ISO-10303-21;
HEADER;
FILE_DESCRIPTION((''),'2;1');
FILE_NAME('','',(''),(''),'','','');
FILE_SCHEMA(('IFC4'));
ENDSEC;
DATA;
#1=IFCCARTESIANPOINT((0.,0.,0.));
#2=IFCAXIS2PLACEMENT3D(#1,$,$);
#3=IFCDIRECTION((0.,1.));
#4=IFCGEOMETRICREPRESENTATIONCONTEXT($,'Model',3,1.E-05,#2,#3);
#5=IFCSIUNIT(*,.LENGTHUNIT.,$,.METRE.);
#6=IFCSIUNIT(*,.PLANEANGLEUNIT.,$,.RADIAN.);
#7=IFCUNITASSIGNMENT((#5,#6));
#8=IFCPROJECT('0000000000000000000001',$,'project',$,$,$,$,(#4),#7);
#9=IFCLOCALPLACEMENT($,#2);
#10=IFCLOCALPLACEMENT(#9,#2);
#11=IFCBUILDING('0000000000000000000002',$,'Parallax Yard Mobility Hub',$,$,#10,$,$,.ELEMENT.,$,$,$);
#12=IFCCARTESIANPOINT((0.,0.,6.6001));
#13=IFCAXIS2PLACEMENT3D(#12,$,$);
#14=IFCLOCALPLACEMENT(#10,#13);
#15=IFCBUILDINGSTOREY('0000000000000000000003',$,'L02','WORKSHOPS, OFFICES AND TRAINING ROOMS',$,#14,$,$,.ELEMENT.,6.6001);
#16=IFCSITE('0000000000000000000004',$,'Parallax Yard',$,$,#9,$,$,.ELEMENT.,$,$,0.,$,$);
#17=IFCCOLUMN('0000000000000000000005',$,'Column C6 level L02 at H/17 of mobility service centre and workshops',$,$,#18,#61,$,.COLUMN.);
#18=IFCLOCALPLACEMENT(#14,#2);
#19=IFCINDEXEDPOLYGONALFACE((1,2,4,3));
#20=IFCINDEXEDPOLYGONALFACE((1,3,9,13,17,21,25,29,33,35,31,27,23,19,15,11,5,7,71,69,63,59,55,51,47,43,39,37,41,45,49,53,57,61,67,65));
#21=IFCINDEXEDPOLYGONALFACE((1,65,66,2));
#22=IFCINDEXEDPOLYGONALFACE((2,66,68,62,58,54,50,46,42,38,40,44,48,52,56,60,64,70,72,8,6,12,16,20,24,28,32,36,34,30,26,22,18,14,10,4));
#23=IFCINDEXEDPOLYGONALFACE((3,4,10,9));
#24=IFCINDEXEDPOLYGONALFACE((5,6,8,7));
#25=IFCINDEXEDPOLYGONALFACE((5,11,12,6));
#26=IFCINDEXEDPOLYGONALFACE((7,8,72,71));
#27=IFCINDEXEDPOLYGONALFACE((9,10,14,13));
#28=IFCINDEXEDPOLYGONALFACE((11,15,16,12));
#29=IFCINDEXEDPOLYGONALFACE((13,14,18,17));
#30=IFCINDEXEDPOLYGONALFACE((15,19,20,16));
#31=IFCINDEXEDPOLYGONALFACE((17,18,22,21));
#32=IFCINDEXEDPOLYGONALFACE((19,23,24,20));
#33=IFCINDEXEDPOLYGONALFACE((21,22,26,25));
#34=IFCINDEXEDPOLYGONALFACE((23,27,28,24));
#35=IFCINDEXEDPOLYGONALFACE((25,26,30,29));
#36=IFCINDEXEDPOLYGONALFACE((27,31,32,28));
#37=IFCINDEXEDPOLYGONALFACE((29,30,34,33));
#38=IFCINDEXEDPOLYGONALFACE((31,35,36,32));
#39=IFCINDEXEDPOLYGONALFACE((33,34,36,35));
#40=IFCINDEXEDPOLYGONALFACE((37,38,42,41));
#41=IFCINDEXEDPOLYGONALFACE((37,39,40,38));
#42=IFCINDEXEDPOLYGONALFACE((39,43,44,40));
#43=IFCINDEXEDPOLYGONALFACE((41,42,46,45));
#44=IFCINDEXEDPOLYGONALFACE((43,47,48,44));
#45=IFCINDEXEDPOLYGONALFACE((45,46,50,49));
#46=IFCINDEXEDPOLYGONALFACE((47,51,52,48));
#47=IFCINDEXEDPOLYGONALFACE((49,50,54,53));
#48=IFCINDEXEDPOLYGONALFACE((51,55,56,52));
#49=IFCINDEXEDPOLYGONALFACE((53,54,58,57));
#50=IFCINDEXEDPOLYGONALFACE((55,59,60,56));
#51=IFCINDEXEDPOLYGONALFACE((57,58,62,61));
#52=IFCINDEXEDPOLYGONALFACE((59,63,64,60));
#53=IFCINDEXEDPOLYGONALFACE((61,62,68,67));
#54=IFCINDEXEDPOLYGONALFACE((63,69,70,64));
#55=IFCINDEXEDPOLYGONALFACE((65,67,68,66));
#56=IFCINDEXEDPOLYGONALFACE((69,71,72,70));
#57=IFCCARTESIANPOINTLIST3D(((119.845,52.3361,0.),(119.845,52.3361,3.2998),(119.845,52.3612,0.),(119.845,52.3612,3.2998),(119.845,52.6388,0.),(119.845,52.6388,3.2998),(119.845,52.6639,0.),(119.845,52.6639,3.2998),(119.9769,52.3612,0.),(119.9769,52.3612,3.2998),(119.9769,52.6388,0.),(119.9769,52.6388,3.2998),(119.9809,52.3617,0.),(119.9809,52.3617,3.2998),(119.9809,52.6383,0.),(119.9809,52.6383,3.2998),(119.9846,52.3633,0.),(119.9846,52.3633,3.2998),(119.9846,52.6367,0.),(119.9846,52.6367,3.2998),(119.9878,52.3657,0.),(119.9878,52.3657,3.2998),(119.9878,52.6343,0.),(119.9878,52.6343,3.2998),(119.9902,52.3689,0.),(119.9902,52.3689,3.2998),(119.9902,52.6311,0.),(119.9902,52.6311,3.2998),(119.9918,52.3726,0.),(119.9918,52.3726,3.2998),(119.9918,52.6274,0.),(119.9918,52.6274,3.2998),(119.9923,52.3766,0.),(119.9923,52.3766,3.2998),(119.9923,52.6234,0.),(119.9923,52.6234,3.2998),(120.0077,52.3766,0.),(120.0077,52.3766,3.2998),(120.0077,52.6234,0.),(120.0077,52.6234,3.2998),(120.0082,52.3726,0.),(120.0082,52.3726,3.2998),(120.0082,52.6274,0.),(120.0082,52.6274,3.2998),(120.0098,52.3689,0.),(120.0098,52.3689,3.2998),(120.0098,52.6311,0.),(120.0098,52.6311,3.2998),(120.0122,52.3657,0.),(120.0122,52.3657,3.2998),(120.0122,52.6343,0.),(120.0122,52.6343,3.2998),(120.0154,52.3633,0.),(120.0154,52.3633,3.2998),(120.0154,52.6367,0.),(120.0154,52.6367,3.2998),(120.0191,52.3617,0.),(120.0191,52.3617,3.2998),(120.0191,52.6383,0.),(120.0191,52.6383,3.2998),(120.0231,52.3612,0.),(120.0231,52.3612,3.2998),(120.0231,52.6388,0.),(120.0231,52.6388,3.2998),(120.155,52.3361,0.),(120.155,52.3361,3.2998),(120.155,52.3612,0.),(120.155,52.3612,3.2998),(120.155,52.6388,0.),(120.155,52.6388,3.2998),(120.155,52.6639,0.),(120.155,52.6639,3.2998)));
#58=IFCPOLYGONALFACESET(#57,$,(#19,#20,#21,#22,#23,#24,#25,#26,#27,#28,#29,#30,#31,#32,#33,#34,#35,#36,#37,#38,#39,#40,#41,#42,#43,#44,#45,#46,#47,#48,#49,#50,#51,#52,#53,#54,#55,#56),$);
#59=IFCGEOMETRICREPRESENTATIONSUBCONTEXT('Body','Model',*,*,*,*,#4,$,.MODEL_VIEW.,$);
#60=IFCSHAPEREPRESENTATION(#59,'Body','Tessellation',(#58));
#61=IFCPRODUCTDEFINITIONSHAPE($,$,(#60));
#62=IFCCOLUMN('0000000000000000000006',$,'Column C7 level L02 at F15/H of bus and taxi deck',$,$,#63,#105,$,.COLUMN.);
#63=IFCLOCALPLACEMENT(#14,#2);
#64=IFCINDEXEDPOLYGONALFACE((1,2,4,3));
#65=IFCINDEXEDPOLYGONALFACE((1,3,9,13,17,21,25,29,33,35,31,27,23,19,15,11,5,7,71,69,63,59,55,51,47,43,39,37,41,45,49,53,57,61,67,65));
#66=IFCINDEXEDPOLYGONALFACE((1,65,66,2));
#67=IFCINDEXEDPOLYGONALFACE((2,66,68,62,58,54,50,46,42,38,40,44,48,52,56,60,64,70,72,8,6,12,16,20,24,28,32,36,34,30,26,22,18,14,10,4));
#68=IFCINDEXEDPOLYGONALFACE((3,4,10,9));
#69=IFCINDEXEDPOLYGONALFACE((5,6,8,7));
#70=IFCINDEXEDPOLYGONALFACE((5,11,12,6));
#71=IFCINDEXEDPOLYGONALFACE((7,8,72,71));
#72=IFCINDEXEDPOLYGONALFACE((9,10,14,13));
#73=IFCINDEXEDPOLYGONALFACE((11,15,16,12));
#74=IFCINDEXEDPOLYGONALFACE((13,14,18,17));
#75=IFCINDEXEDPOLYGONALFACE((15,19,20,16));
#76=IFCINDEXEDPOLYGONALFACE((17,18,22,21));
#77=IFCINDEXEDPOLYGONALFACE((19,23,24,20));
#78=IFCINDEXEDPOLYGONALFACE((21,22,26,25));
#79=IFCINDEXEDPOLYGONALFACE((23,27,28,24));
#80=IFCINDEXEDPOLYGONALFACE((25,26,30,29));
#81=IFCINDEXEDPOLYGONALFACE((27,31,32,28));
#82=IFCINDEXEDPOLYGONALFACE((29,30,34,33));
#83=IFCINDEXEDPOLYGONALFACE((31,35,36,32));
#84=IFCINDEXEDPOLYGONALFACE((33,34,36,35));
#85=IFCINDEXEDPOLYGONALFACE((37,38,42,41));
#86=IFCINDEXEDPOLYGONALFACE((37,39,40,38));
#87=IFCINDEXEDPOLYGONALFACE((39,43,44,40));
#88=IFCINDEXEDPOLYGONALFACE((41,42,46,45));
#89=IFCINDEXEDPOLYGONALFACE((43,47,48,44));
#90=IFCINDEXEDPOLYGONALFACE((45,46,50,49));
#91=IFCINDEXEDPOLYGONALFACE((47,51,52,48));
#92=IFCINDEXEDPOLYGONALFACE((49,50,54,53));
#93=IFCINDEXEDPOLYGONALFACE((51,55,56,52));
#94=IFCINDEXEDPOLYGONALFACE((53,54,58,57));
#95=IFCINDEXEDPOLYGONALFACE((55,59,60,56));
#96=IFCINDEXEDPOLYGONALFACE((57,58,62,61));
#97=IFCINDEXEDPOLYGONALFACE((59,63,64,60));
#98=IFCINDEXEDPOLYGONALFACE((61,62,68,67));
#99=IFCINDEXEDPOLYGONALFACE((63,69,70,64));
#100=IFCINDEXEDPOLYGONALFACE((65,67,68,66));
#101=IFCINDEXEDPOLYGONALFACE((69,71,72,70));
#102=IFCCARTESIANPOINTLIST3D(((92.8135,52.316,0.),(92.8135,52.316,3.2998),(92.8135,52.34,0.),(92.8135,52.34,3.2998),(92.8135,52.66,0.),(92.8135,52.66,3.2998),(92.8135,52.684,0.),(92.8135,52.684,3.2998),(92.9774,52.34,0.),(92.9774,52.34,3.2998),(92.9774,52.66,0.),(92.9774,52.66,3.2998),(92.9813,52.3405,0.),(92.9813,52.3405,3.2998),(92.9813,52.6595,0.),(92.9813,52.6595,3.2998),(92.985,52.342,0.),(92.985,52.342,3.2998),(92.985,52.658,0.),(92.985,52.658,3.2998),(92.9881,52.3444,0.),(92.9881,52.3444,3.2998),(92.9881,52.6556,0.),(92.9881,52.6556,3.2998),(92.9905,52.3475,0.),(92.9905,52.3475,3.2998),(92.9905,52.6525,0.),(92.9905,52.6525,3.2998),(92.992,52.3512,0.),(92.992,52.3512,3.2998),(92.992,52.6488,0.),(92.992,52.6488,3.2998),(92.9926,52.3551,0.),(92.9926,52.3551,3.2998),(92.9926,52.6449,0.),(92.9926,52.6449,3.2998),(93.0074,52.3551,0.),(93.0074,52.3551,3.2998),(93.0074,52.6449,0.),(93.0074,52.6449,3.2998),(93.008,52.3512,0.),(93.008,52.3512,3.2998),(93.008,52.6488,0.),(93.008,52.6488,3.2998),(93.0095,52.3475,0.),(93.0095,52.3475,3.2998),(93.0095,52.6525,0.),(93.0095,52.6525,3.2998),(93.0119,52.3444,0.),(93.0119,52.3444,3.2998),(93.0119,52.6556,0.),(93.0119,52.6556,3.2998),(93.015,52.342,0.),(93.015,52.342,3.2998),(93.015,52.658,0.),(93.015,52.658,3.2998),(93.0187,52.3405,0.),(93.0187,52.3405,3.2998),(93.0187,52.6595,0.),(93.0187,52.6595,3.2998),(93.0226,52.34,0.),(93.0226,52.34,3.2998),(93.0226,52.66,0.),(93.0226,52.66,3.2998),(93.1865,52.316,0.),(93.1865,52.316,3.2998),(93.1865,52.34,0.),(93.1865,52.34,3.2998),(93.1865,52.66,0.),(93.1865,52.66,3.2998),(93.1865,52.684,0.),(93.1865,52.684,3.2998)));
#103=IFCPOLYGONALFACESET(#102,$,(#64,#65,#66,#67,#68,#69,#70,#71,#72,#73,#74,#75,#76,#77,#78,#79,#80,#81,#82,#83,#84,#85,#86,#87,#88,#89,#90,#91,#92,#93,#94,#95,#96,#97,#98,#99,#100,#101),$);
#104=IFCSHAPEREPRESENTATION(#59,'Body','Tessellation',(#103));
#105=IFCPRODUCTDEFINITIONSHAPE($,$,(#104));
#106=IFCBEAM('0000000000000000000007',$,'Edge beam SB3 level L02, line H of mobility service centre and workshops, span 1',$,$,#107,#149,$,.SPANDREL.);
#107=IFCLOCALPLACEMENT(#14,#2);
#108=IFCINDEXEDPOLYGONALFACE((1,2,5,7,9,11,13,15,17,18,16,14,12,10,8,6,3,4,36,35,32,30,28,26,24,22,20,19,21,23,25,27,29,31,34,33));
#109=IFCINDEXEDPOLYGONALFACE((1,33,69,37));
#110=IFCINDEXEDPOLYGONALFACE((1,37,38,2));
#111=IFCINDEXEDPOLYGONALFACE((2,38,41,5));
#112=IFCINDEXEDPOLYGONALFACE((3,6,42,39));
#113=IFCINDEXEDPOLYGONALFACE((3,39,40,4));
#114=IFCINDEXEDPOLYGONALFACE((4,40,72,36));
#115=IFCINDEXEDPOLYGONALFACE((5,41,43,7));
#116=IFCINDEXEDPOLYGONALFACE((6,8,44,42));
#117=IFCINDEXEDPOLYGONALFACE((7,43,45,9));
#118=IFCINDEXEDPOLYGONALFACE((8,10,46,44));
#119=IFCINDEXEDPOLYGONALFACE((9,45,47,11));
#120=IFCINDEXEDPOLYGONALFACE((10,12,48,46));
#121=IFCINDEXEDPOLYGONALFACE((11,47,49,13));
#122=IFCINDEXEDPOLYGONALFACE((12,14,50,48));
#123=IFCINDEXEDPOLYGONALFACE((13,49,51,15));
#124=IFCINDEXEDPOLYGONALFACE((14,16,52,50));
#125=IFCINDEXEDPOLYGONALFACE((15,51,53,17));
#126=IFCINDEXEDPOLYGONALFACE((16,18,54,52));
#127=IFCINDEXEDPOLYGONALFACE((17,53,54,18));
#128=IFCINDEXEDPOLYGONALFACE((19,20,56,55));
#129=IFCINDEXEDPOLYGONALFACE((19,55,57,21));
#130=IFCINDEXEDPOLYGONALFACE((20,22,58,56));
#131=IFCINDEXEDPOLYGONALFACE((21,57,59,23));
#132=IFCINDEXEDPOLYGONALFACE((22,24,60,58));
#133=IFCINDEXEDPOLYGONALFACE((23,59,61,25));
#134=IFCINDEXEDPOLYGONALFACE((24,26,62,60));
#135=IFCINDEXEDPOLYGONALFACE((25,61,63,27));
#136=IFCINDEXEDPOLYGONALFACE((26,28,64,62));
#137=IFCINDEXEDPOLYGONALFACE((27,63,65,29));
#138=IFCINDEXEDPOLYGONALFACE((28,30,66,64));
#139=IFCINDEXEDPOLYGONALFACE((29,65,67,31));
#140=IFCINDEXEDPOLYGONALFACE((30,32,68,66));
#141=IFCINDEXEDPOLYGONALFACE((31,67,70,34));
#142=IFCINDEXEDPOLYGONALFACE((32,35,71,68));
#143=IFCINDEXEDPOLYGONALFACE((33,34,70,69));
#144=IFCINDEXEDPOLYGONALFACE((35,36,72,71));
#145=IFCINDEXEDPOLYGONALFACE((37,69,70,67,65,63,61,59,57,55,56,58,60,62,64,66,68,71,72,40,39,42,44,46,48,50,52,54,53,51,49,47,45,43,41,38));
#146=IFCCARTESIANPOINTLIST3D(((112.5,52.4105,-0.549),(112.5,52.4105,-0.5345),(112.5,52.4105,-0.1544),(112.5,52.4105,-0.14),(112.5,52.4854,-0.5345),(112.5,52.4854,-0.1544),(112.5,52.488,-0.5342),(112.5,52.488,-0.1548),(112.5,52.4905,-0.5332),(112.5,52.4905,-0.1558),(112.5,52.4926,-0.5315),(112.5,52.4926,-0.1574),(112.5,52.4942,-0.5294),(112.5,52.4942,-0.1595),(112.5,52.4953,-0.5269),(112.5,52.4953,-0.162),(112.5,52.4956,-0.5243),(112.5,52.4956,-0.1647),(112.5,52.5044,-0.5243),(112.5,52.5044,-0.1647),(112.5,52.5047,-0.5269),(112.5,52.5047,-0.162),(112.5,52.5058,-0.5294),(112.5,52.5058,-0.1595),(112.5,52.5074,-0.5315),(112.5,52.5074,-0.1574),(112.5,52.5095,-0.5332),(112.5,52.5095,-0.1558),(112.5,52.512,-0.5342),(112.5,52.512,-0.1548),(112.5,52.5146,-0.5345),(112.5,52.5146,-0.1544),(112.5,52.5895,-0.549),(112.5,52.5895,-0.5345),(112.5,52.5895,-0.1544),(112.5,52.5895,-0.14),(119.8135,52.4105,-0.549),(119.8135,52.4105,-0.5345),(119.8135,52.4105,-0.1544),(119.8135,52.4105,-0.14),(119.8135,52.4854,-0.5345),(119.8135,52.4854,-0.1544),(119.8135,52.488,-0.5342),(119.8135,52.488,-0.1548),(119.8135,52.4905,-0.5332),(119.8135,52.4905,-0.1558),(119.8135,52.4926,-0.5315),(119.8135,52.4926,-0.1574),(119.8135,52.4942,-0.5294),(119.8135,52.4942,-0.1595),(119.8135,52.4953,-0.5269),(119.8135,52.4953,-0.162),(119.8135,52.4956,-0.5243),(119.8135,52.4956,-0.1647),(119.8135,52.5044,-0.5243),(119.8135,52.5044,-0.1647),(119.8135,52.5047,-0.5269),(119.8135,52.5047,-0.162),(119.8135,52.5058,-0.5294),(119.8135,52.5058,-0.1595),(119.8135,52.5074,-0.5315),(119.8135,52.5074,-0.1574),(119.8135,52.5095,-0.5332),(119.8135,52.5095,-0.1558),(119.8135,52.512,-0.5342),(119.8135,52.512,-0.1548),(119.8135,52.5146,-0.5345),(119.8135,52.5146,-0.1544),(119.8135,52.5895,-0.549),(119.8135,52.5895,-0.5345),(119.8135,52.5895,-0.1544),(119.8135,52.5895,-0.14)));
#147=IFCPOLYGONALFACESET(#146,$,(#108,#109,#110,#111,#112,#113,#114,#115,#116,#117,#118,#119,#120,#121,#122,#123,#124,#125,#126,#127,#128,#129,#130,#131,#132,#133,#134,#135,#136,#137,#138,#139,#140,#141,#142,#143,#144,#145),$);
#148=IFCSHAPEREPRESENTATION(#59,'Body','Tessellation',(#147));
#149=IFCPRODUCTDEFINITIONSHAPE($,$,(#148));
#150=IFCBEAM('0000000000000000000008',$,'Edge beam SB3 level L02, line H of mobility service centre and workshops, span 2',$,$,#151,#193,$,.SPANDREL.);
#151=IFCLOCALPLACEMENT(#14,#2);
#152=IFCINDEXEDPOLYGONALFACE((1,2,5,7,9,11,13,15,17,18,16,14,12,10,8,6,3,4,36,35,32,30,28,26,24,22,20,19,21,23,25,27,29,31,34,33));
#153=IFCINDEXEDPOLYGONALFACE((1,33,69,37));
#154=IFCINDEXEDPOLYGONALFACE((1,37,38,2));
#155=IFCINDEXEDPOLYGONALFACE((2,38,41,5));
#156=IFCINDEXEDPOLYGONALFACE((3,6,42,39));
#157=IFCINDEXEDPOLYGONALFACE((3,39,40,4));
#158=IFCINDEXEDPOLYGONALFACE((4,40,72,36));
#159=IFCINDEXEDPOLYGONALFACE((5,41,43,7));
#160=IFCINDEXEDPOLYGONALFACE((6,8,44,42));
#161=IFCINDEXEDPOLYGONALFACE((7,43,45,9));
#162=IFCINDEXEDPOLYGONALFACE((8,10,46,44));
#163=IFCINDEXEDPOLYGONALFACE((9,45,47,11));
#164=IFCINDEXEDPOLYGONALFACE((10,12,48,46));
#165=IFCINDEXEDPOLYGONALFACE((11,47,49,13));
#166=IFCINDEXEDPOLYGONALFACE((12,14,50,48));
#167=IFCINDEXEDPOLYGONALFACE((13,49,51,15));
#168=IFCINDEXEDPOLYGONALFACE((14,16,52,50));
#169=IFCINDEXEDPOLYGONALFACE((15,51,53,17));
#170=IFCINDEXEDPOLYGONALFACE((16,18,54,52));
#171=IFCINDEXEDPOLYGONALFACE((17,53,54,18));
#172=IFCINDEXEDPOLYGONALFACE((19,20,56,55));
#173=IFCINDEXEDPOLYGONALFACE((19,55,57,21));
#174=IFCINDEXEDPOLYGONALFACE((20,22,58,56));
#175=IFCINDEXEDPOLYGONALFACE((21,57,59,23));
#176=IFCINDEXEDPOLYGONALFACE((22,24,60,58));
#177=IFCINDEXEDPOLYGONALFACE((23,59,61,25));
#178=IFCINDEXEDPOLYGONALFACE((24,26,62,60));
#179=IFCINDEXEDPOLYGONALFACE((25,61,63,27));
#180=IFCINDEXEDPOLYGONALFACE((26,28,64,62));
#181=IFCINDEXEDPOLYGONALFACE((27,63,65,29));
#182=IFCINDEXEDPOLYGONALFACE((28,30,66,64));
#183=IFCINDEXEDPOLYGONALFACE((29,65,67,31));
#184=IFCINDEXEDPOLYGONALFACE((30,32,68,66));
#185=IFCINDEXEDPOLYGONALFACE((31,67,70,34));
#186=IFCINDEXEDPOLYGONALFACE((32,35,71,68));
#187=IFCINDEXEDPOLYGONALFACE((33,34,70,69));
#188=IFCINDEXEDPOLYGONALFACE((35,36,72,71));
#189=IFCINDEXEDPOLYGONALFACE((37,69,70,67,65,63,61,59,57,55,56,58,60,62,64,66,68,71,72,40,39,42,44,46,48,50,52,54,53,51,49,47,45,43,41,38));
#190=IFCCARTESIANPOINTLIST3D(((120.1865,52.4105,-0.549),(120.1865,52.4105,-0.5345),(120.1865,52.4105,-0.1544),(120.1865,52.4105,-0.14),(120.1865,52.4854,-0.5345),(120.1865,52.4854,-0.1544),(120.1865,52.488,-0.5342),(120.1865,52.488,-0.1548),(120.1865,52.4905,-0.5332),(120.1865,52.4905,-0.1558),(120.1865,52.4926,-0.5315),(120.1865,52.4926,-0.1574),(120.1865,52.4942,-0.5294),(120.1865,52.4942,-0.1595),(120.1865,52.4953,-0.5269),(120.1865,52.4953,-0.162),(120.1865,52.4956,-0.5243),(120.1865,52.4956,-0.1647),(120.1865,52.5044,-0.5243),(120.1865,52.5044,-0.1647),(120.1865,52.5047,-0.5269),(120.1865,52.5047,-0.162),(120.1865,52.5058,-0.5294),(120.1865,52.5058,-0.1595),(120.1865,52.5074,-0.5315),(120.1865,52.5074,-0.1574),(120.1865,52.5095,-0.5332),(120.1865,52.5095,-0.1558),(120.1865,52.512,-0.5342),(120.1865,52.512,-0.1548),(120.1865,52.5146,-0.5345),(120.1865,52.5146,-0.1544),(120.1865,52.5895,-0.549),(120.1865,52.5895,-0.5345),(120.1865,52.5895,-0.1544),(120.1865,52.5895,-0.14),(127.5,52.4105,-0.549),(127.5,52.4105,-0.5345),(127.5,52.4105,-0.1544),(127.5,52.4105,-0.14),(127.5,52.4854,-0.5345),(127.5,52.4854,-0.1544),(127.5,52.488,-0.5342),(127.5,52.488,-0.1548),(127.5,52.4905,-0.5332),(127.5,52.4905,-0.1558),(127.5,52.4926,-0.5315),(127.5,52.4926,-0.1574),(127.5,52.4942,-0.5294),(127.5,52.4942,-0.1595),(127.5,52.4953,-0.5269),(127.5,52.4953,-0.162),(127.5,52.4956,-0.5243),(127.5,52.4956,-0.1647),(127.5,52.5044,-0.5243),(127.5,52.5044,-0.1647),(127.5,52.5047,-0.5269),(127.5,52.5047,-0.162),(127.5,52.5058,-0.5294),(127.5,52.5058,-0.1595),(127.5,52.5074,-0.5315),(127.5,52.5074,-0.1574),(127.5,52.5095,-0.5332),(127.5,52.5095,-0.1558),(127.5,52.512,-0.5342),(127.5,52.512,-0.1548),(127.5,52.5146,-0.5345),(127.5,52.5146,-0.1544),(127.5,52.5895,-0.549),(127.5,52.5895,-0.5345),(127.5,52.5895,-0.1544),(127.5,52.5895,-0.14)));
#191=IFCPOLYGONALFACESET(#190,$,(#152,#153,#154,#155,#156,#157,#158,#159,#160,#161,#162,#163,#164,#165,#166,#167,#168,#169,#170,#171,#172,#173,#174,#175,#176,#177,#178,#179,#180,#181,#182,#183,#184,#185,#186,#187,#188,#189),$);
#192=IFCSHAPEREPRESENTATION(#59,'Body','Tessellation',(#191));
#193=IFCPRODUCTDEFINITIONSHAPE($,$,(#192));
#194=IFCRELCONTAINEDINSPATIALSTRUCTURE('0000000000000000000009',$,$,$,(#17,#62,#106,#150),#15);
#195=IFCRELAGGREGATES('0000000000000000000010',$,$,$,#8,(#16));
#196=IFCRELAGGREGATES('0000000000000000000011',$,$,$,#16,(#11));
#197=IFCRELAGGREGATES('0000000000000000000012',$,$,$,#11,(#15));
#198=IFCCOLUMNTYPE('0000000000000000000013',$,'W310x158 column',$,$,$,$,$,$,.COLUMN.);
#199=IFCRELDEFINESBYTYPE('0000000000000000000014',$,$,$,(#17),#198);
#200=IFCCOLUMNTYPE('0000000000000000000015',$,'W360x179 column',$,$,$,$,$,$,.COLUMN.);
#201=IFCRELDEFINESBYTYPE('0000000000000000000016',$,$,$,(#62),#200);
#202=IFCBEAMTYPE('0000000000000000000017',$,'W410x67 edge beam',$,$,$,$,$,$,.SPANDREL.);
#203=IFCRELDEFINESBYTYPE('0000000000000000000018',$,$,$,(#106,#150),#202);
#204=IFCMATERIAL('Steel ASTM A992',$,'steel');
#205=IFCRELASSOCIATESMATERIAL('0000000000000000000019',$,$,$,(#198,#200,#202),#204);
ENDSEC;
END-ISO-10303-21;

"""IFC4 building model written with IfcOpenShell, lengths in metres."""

from ifc_helpers import new_model, si_unit, direction, frame, origin, origin_2d, place, context, subcontext, project, spatial, i_section, extrude, material, material_profile, profile_set, type_object, element, save


model = new_model("IFC4")

# Units and contexts
model_context = context("Model", 3, precision=1e-05, world=origin(), true_north=direction((0.0, 1.0)))
body_context = subcontext(model_context, "Body", "Model", "MODEL_VIEW")
ifc_project = project(units=[si_unit("LENGTHUNIT", "METRE"), si_unit("PLANEANGLEUNIT", "RADIAN")], contexts=[model_context])

# Site, building, storey
site_placement = place(None, origin())
site = spatial("IfcSite", under=ifc_project, at=site_placement, Name="Parallax Yard", CompositionType="ELEMENT", RefElevation=0.0)
building_placement = place(site_placement, origin())
building = spatial("IfcBuilding", under=site, at=building_placement, Name="Parallax Yard Mobility Hub", CompositionType="ELEMENT")
storey_placement = place(building_placement, frame((0.0, 0.0, 6.6001)))
storey = spatial("IfcBuildingStorey", under=building, at=storey_placement, Name="L02", Description="WORKSHOPS, OFFICES AND TRAINING ROOMS", CompositionType="ELEMENT", Elevation=6.6001)

# Columns
ifc_material_1 = material(Name="Steel ASTM A992", Category="steel")
ifc_material_profile_1 = material_profile(ifc_material_1, i_section(OverallWidth=0.3101, OverallDepth=0.3279, WebThickness=0.0154, FlangeThickness=0.0251, FilletRadius=0.0154, at=origin_2d()), Name="W310x158")
ifc_profile_set_1 = profile_set([ifc_material_profile_1], Name="Steel ASTM A992")
column_type_1 = type_object("IfcColumnType", Name="W310x158 column", PredefinedType="COLUMN", material=ifc_profile_set_1)
column_1_placement = place(storey_placement, frame((120.0, 52.5, 0.0), z_axis=(0.0, 0.0, 1.0), x_axis=(1.0, 0.0, 0.0)))
element("IfcColumn", 1, at=column_1_placement, inside=storey, type_object=column_type_1, Name="Column C6 level L02 at H/17 of mobility service centre and workshops", PredefinedType="COLUMN", context=body_context, shape_type="SweptSolid", body=[
    extrude(i_section(OverallWidth=0.3101, OverallDepth=0.3279, WebThickness=0.0154, FlangeThickness=0.0251, FilletRadius=0.0154, at=origin_2d()), origin(), (0.0, 0.0, 1.0), 3.2998),
])
ifc_material_profile_2 = material_profile(ifc_material_1, i_section(OverallWidth=0.373, OverallDepth=0.3679, WebThickness=0.0149, FlangeThickness=0.0239, FilletRadius=0.0151, at=origin_2d()), Name="W360x179")
ifc_profile_set_2 = profile_set([ifc_material_profile_2], Name="Steel ASTM A992")
column_type_2 = type_object("IfcColumnType", Name="W360x179 column", PredefinedType="COLUMN", material=ifc_profile_set_2)
column_2_placement = place(storey_placement, frame((93.0, 52.5, 0.0), z_axis=(0.0, 0.0, 1.0), x_axis=(1.0, 0.0, 0.0)))
element("IfcColumn", 2, at=column_2_placement, inside=storey, type_object=column_type_2, Name="Column C7 level L02 at F15/H of bus and taxi deck", PredefinedType="COLUMN", context=body_context, shape_type="SweptSolid", body=[
    extrude(i_section(OverallWidth=0.373, OverallDepth=0.3679, WebThickness=0.0149, FlangeThickness=0.0239, FilletRadius=0.0151, at=origin_2d()), origin(), (0.0, 0.0, 1.0), 3.2998),
])

# Beams
ifc_material_profile_3 = material_profile(ifc_material_1, i_section(OverallWidth=0.179, OverallDepth=0.4089, WebThickness=0.0088, FlangeThickness=0.0144, FilletRadius=0.0103, at=origin_2d()), Name="W410x67")
ifc_profile_set_3 = profile_set([ifc_material_profile_3], Name="Steel ASTM A992")
beam_type = type_object("IfcBeamType", Name="W410x67 edge beam", PredefinedType="SPANDREL", material=ifc_profile_set_3)
for number, where, z_axis, x_axis, name in (
    (3, (112.5, 52.5, -0.3445), (1.0, 0.0, 0.0), (0.0, 1.0, 0.0), "Edge beam SB3 level L02, line H of mobility service centre and workshops, span 1"),
    (4, (120.1865, 52.5, -0.3445), (1.0, 0.0, 0.0), (0.0, 1.0, 0.0), "Edge beam SB3 level L02, line H of mobility service centre and workshops, span 2"),
):
    element("IfcBeam", number, at=place(storey_placement, frame(where, z_axis=z_axis, x_axis=x_axis)), inside=storey, type_object=beam_type, Name=name, PredefinedType="SPANDREL", context=body_context, shape_type="SweptSolid", body=[
        extrude(i_section(OverallWidth=0.179, OverallDepth=0.4089, WebThickness=0.0088, FlangeThickness=0.0144, FilletRadius=0.0103, at=origin_2d()), origin(), (0.0, 0.0, 1.0), 7.3135),
    ])

save(model, "model.ifc")
